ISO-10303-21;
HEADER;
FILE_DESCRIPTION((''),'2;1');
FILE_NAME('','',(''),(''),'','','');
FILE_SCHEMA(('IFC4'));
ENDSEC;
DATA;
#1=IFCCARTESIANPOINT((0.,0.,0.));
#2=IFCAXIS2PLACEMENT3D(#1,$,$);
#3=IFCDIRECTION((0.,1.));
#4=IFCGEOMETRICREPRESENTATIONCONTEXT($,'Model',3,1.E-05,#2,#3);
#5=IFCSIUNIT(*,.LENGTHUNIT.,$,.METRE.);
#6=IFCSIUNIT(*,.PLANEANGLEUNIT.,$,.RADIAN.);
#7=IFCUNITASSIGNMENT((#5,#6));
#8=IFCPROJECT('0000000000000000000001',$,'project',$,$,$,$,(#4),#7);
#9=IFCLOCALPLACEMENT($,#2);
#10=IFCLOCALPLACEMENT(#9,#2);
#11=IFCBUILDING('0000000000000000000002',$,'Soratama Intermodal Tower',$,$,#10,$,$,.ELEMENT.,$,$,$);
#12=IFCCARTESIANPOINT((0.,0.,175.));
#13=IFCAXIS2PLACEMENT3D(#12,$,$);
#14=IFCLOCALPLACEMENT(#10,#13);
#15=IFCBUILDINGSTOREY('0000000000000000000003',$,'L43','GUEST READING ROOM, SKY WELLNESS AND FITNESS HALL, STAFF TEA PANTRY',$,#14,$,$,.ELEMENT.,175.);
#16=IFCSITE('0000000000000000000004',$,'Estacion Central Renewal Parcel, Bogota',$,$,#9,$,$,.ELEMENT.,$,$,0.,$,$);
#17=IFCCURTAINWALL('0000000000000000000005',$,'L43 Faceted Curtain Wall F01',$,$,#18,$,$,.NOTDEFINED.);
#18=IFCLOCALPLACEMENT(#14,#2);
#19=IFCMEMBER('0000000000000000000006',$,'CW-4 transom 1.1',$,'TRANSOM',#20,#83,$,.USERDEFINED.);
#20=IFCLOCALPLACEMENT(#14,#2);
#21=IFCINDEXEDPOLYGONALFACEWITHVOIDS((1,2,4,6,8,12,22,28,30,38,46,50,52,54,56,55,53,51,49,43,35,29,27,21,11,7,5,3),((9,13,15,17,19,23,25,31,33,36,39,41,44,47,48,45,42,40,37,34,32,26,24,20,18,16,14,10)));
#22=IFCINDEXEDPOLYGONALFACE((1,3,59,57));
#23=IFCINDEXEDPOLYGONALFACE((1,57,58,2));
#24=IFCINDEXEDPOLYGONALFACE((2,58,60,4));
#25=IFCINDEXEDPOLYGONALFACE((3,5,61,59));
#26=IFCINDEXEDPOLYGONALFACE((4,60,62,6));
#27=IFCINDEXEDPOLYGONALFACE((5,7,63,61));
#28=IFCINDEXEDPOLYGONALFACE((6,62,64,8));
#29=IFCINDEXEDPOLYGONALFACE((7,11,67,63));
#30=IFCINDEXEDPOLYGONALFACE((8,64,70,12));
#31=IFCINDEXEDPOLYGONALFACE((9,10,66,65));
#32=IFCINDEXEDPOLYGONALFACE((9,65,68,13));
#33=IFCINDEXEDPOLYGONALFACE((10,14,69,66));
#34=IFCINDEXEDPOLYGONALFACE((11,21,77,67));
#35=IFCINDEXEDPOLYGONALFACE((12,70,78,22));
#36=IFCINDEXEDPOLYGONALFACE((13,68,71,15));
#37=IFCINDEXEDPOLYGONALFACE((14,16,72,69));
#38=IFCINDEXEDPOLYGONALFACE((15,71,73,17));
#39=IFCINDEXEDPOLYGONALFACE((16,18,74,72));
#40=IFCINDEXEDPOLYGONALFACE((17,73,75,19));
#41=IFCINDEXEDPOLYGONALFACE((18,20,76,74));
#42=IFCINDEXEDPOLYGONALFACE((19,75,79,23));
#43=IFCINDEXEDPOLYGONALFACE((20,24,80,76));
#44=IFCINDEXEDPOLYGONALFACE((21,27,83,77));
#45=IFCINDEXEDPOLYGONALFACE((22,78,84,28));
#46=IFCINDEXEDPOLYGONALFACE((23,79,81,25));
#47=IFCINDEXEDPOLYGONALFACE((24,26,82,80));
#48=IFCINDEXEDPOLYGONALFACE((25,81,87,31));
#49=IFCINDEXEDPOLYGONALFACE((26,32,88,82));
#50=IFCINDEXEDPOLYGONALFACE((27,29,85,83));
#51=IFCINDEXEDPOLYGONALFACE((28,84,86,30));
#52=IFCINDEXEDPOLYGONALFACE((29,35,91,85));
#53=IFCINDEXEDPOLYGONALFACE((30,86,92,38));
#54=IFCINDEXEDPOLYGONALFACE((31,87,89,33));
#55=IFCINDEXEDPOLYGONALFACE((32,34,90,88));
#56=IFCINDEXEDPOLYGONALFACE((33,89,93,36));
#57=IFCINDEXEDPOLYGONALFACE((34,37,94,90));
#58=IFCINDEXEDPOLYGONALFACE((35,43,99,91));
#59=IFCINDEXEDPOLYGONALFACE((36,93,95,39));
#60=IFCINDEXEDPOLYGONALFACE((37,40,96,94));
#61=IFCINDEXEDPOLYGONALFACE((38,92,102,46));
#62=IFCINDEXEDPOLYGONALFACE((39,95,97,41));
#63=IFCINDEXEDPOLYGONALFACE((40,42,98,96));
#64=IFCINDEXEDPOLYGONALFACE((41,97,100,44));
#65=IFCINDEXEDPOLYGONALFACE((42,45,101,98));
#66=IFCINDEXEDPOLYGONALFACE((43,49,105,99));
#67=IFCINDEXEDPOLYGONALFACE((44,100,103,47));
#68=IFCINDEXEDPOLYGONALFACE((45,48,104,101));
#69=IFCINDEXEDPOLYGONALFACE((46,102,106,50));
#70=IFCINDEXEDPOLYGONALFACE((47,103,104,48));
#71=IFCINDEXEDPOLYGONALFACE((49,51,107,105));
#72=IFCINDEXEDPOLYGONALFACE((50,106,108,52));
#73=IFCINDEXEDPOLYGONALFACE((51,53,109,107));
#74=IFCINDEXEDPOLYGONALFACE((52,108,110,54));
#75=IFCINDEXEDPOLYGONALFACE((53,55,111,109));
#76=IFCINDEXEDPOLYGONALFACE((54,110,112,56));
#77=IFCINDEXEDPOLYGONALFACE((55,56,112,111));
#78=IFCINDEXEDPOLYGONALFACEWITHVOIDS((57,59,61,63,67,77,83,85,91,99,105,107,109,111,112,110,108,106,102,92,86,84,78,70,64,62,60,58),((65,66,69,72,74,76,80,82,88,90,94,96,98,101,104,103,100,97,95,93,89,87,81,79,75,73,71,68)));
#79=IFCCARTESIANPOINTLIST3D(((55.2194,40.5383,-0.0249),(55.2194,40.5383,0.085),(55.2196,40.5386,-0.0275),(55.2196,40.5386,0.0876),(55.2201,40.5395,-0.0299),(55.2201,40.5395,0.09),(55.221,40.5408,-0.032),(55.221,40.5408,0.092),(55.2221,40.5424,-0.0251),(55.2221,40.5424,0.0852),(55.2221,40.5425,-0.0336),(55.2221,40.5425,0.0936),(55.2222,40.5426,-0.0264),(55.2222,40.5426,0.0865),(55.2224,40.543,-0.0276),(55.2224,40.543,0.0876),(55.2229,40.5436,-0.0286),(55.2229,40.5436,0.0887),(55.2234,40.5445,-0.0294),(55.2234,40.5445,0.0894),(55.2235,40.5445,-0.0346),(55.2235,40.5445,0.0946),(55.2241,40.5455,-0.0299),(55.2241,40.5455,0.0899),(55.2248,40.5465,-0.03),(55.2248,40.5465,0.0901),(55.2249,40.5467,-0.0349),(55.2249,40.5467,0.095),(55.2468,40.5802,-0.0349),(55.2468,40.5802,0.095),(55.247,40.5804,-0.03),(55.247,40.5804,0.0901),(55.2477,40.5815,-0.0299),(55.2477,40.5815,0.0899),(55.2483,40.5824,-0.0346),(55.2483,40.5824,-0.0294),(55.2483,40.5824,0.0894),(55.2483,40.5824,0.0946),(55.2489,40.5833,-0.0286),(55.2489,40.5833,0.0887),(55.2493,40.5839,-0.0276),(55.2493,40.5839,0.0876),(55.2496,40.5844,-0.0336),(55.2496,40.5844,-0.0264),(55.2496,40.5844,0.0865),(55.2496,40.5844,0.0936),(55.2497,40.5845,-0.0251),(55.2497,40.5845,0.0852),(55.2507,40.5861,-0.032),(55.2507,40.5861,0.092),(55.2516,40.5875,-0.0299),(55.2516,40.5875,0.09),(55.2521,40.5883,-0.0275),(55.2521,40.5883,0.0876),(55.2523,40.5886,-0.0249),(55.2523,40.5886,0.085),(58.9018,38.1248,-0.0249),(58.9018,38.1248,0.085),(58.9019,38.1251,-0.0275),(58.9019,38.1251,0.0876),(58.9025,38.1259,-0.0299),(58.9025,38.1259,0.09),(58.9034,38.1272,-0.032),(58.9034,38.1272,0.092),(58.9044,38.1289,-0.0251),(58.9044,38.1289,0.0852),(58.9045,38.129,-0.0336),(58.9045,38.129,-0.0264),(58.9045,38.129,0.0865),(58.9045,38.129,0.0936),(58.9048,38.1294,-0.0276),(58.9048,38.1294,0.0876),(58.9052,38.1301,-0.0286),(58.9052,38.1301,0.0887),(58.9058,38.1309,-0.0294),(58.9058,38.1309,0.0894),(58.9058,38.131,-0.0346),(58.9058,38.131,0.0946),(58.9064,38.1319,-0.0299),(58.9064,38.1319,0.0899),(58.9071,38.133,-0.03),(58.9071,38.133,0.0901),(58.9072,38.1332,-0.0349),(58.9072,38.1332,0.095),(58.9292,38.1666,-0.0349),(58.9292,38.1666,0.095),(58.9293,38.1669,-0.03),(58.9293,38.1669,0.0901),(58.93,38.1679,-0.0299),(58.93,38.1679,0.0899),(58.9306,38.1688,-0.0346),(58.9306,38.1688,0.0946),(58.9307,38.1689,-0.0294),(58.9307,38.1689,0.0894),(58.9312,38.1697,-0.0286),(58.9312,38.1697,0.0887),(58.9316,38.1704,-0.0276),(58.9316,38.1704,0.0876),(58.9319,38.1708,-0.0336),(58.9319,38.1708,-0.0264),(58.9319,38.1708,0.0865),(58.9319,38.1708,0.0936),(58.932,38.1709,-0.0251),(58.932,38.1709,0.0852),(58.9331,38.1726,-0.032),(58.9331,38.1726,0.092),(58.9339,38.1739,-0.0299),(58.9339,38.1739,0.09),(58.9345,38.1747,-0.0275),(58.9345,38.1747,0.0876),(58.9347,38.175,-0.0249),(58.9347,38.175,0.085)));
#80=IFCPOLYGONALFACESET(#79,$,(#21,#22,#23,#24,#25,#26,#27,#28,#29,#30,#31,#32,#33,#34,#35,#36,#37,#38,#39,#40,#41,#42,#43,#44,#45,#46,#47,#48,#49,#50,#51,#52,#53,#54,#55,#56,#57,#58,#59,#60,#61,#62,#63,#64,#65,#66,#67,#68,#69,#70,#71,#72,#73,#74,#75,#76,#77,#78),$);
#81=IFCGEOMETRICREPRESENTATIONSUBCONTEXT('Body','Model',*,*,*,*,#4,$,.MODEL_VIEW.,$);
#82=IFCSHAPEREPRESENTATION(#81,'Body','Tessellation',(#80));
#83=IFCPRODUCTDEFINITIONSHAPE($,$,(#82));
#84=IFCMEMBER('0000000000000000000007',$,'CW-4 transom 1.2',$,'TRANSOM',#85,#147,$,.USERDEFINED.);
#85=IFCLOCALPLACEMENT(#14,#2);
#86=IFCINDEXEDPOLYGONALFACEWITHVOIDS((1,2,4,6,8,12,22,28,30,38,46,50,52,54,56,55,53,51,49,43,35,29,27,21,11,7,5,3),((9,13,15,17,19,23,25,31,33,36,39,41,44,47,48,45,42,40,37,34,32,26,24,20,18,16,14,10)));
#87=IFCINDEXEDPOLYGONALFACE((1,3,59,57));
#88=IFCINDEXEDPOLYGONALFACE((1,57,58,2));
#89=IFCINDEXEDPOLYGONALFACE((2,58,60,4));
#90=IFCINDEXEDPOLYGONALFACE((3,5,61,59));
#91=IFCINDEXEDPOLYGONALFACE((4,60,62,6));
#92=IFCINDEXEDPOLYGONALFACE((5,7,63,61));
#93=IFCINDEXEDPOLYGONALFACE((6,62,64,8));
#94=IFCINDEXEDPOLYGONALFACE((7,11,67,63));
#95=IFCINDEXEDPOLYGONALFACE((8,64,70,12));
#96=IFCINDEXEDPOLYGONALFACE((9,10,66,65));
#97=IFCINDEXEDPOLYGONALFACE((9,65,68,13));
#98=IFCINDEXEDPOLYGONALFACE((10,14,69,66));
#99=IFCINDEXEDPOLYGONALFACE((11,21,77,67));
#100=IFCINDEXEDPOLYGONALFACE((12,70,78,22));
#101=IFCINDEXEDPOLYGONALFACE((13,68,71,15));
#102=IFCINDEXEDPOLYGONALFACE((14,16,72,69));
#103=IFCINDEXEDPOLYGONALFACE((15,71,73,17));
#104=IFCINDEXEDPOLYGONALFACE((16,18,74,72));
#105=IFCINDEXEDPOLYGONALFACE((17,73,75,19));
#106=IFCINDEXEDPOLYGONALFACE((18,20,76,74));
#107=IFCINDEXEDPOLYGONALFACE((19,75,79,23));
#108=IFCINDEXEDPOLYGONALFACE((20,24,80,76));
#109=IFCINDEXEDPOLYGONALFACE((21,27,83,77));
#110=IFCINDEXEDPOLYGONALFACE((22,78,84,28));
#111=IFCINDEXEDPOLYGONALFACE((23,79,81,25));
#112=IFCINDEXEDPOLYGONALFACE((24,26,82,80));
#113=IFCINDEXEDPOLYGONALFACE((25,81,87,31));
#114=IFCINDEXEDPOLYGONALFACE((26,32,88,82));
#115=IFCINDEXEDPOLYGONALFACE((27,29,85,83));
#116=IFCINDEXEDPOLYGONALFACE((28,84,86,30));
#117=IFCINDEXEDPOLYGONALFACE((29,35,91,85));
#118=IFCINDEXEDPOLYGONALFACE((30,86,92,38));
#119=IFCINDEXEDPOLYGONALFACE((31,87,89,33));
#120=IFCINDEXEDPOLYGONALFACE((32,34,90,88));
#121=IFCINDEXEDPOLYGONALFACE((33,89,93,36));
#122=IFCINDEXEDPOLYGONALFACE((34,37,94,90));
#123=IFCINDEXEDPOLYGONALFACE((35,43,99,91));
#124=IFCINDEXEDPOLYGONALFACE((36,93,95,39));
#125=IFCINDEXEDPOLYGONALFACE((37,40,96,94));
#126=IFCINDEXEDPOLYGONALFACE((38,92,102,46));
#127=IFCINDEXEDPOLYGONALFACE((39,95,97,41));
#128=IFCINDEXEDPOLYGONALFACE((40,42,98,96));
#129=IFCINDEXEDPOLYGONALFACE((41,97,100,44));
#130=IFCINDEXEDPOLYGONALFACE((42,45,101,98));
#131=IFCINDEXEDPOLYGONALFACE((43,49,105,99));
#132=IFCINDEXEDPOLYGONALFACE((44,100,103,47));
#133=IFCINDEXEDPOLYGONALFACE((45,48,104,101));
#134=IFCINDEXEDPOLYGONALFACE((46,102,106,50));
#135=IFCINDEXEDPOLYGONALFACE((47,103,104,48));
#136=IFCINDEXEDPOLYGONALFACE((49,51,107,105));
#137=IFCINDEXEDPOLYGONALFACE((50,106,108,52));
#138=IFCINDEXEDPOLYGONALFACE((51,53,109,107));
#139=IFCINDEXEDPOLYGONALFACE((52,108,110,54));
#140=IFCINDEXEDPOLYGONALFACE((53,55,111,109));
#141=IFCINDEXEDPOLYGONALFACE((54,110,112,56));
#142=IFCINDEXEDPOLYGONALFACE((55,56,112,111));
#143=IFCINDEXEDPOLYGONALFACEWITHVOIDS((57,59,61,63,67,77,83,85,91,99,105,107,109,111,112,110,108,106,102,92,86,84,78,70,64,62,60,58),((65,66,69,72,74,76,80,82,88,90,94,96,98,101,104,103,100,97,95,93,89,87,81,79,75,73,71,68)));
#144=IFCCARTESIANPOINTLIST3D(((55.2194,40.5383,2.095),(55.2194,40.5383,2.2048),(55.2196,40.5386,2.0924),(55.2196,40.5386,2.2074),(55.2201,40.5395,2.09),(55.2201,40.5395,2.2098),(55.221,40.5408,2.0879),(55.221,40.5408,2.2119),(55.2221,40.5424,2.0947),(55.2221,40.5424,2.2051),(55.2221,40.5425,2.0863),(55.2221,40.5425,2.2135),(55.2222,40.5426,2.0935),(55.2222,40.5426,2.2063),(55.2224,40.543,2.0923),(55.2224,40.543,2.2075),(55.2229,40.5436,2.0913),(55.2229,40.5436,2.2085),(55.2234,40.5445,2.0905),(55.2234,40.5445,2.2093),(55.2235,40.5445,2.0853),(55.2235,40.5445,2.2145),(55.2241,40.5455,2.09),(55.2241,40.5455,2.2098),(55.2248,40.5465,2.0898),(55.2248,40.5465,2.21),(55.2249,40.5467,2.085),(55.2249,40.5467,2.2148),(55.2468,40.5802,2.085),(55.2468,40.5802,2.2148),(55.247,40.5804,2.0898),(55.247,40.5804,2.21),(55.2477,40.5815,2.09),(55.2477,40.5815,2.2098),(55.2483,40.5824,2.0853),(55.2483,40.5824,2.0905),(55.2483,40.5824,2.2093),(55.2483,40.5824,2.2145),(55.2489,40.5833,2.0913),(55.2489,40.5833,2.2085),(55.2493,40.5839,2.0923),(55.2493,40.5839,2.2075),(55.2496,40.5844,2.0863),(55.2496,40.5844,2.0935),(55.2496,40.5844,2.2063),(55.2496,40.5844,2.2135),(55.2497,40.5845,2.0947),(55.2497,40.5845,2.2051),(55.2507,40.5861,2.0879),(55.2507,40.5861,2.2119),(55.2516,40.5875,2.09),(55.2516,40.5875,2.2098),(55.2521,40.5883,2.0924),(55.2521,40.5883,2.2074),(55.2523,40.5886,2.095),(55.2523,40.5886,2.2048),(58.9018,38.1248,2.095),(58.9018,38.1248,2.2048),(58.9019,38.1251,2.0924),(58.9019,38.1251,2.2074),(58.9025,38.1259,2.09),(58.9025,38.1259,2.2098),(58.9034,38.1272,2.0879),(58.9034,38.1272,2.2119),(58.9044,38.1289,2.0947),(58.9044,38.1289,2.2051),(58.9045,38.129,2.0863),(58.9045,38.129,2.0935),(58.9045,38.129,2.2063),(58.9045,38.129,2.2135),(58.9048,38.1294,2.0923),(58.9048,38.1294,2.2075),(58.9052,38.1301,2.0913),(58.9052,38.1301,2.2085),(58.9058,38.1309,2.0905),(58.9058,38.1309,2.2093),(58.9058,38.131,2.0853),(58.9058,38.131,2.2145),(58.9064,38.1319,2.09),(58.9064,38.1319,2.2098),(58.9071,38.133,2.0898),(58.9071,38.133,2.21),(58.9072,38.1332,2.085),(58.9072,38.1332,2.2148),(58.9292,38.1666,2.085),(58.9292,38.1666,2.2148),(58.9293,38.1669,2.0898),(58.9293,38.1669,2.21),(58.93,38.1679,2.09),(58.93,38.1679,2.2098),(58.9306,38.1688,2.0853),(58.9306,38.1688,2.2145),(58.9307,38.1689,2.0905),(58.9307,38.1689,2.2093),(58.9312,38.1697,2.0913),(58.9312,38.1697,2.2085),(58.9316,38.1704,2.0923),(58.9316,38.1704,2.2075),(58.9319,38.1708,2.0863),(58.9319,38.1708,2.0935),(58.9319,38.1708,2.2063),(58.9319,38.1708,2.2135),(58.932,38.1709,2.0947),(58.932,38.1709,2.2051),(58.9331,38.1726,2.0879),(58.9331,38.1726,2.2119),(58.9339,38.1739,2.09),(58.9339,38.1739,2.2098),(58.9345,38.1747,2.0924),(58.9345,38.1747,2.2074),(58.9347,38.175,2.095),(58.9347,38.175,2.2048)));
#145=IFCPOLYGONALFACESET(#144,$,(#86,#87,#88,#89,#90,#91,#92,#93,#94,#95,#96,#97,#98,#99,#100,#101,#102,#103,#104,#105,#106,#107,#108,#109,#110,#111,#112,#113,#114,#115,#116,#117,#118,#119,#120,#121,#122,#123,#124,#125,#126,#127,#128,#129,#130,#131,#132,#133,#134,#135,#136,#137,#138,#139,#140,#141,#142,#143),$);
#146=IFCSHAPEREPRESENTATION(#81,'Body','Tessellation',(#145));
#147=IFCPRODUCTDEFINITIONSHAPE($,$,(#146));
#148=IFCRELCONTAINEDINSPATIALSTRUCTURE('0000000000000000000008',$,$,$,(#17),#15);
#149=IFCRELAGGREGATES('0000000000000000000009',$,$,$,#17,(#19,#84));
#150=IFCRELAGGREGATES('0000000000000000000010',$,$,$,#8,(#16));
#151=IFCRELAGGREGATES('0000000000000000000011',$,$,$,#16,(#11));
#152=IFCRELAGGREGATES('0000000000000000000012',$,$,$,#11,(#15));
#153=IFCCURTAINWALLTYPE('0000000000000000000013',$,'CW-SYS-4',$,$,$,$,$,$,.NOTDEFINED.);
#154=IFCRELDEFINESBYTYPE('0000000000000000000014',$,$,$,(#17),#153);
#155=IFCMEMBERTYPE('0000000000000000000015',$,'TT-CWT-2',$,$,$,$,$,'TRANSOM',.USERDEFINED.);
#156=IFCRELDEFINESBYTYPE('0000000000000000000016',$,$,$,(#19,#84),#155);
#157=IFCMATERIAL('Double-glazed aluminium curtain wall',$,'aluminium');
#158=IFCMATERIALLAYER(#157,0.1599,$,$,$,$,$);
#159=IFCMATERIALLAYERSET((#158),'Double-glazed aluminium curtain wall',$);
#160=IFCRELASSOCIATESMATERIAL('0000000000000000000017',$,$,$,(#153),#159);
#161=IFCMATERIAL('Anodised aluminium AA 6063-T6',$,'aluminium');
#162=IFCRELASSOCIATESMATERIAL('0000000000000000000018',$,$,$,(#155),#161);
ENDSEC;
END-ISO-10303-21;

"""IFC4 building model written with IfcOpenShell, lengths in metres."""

from ifc_helpers import new_model, si_unit, direction, frame, origin, origin_2d, place, context, subcontext, project, spatial, hollow_rectangle, extrude, material, layer, layer_set, material_profile, profile_set, type_object, element, aggregate, save


model = new_model("IFC4")

# Units and contexts
model_context = context("Model", 3, precision=1e-05, world=origin(), true_north=direction((0.0, 1.0)))
body_context = subcontext(model_context, "Body", "Model", "MODEL_VIEW")
ifc_project = project(units=[si_unit("LENGTHUNIT", "METRE"), si_unit("PLANEANGLEUNIT", "RADIAN")], contexts=[model_context])

# Site, building, storey
site_placement = place(None, origin())
site = spatial("IfcSite", under=ifc_project, at=site_placement, Name="Estacion Central Renewal Parcel, Bogota", CompositionType="ELEMENT", RefElevation=0.0)
building_placement = place(site_placement, origin())
building = spatial("IfcBuilding", under=site, at=building_placement, Name="Soratama Intermodal Tower", CompositionType="ELEMENT")
storey_placement = place(building_placement, frame((0.0, 0.0, 175.0)))
storey = spatial("IfcBuildingStorey", under=building, at=storey_placement, Name="L43", Description="GUEST READING ROOM, SKY WELLNESS AND FITNESS HALL, STAFF TEA PANTRY", CompositionType="ELEMENT", Elevation=175.0)

# Curtain wall
ifc_material_1 = material(Name="Double-glazed aluminium curtain wall", Category="aluminium")
ifc_layer_1 = layer(ifc_material_1, 0.1599)
ifc_layer_set_1 = layer_set([ifc_layer_1], Name="Double-glazed aluminium curtain wall")
curtain_wall_type = type_object("IfcCurtainWallType", Name="CW-SYS-4", PredefinedType="NOTDEFINED", material=ifc_layer_set_1)
curtain_wall_1_placement = place(storey_placement, origin())
curtain_wall_1 = element("IfcCurtainWall", 1, at=curtain_wall_1_placement, inside=storey, type_object=curtain_wall_type, Name="L43 Faceted Curtain Wall F01", PredefinedType="NOTDEFINED")

# Members
ifc_material_2 = material(Name="Anodised aluminium AA 6063-T6", Category="aluminium")
ifc_material_profile_1 = material_profile(ifc_material_2, hollow_rectangle(XDim=0.0601, YDim=0.1299, WallThickness=0.0049, InnerFilletRadius=0.0049, OuterFilletRadius=0.01, at=origin_2d()), Name="CWT130X60X5")
ifc_profile_set_1 = profile_set([ifc_material_profile_1], Name="Anodised aluminium AA 6063-T6")
member_type_1 = type_object("IfcMemberType", Name="TT-CWT-2", ElementType="TRANSOM", PredefinedType="USERDEFINED", material=ifc_profile_set_1)
member_1_placement = place(storey_placement, frame((58.9182, 38.1499, 0.03), z_axis=(-0.836359, 0.548183, 0.0), x_axis=(-0.548183, -0.836359, 0.0)))
member_1 = element("IfcMember", 2, at=member_1_placement, type_object=member_type_1, Name="CW-4 transom 1.1", ObjectType="TRANSOM", PredefinedType="USERDEFINED", context=body_context, shape_type="SweptSolid", body=[
    extrude(hollow_rectangle(XDim=0.0601, YDim=0.1299, WallThickness=0.0049, InnerFilletRadius=0.0049, OuterFilletRadius=0.01, at=origin_2d()), origin(), (0.0, 0.0, 1.0), 4.4028),
])
member_2_placement = place(storey_placement, frame((58.9182, 38.1499, 2.1499), z_axis=(-0.836359, 0.548183, 0.0), x_axis=(-0.548183, -0.836359, 0.0)))
member_2 = element("IfcMember", 3, at=member_2_placement, type_object=member_type_1, Name="CW-4 transom 1.2", ObjectType="TRANSOM", PredefinedType="USERDEFINED", context=body_context, shape_type="SweptSolid", body=[
    extrude(hollow_rectangle(XDim=0.0601, YDim=0.1299, WallThickness=0.0049, InnerFilletRadius=0.0049, OuterFilletRadius=0.01, at=origin_2d()), origin(), (0.0, 0.0, 1.0), 4.4028),
])

aggregate(curtain_wall_1, [member_1, member_2])

save(model, "model.ifc")
